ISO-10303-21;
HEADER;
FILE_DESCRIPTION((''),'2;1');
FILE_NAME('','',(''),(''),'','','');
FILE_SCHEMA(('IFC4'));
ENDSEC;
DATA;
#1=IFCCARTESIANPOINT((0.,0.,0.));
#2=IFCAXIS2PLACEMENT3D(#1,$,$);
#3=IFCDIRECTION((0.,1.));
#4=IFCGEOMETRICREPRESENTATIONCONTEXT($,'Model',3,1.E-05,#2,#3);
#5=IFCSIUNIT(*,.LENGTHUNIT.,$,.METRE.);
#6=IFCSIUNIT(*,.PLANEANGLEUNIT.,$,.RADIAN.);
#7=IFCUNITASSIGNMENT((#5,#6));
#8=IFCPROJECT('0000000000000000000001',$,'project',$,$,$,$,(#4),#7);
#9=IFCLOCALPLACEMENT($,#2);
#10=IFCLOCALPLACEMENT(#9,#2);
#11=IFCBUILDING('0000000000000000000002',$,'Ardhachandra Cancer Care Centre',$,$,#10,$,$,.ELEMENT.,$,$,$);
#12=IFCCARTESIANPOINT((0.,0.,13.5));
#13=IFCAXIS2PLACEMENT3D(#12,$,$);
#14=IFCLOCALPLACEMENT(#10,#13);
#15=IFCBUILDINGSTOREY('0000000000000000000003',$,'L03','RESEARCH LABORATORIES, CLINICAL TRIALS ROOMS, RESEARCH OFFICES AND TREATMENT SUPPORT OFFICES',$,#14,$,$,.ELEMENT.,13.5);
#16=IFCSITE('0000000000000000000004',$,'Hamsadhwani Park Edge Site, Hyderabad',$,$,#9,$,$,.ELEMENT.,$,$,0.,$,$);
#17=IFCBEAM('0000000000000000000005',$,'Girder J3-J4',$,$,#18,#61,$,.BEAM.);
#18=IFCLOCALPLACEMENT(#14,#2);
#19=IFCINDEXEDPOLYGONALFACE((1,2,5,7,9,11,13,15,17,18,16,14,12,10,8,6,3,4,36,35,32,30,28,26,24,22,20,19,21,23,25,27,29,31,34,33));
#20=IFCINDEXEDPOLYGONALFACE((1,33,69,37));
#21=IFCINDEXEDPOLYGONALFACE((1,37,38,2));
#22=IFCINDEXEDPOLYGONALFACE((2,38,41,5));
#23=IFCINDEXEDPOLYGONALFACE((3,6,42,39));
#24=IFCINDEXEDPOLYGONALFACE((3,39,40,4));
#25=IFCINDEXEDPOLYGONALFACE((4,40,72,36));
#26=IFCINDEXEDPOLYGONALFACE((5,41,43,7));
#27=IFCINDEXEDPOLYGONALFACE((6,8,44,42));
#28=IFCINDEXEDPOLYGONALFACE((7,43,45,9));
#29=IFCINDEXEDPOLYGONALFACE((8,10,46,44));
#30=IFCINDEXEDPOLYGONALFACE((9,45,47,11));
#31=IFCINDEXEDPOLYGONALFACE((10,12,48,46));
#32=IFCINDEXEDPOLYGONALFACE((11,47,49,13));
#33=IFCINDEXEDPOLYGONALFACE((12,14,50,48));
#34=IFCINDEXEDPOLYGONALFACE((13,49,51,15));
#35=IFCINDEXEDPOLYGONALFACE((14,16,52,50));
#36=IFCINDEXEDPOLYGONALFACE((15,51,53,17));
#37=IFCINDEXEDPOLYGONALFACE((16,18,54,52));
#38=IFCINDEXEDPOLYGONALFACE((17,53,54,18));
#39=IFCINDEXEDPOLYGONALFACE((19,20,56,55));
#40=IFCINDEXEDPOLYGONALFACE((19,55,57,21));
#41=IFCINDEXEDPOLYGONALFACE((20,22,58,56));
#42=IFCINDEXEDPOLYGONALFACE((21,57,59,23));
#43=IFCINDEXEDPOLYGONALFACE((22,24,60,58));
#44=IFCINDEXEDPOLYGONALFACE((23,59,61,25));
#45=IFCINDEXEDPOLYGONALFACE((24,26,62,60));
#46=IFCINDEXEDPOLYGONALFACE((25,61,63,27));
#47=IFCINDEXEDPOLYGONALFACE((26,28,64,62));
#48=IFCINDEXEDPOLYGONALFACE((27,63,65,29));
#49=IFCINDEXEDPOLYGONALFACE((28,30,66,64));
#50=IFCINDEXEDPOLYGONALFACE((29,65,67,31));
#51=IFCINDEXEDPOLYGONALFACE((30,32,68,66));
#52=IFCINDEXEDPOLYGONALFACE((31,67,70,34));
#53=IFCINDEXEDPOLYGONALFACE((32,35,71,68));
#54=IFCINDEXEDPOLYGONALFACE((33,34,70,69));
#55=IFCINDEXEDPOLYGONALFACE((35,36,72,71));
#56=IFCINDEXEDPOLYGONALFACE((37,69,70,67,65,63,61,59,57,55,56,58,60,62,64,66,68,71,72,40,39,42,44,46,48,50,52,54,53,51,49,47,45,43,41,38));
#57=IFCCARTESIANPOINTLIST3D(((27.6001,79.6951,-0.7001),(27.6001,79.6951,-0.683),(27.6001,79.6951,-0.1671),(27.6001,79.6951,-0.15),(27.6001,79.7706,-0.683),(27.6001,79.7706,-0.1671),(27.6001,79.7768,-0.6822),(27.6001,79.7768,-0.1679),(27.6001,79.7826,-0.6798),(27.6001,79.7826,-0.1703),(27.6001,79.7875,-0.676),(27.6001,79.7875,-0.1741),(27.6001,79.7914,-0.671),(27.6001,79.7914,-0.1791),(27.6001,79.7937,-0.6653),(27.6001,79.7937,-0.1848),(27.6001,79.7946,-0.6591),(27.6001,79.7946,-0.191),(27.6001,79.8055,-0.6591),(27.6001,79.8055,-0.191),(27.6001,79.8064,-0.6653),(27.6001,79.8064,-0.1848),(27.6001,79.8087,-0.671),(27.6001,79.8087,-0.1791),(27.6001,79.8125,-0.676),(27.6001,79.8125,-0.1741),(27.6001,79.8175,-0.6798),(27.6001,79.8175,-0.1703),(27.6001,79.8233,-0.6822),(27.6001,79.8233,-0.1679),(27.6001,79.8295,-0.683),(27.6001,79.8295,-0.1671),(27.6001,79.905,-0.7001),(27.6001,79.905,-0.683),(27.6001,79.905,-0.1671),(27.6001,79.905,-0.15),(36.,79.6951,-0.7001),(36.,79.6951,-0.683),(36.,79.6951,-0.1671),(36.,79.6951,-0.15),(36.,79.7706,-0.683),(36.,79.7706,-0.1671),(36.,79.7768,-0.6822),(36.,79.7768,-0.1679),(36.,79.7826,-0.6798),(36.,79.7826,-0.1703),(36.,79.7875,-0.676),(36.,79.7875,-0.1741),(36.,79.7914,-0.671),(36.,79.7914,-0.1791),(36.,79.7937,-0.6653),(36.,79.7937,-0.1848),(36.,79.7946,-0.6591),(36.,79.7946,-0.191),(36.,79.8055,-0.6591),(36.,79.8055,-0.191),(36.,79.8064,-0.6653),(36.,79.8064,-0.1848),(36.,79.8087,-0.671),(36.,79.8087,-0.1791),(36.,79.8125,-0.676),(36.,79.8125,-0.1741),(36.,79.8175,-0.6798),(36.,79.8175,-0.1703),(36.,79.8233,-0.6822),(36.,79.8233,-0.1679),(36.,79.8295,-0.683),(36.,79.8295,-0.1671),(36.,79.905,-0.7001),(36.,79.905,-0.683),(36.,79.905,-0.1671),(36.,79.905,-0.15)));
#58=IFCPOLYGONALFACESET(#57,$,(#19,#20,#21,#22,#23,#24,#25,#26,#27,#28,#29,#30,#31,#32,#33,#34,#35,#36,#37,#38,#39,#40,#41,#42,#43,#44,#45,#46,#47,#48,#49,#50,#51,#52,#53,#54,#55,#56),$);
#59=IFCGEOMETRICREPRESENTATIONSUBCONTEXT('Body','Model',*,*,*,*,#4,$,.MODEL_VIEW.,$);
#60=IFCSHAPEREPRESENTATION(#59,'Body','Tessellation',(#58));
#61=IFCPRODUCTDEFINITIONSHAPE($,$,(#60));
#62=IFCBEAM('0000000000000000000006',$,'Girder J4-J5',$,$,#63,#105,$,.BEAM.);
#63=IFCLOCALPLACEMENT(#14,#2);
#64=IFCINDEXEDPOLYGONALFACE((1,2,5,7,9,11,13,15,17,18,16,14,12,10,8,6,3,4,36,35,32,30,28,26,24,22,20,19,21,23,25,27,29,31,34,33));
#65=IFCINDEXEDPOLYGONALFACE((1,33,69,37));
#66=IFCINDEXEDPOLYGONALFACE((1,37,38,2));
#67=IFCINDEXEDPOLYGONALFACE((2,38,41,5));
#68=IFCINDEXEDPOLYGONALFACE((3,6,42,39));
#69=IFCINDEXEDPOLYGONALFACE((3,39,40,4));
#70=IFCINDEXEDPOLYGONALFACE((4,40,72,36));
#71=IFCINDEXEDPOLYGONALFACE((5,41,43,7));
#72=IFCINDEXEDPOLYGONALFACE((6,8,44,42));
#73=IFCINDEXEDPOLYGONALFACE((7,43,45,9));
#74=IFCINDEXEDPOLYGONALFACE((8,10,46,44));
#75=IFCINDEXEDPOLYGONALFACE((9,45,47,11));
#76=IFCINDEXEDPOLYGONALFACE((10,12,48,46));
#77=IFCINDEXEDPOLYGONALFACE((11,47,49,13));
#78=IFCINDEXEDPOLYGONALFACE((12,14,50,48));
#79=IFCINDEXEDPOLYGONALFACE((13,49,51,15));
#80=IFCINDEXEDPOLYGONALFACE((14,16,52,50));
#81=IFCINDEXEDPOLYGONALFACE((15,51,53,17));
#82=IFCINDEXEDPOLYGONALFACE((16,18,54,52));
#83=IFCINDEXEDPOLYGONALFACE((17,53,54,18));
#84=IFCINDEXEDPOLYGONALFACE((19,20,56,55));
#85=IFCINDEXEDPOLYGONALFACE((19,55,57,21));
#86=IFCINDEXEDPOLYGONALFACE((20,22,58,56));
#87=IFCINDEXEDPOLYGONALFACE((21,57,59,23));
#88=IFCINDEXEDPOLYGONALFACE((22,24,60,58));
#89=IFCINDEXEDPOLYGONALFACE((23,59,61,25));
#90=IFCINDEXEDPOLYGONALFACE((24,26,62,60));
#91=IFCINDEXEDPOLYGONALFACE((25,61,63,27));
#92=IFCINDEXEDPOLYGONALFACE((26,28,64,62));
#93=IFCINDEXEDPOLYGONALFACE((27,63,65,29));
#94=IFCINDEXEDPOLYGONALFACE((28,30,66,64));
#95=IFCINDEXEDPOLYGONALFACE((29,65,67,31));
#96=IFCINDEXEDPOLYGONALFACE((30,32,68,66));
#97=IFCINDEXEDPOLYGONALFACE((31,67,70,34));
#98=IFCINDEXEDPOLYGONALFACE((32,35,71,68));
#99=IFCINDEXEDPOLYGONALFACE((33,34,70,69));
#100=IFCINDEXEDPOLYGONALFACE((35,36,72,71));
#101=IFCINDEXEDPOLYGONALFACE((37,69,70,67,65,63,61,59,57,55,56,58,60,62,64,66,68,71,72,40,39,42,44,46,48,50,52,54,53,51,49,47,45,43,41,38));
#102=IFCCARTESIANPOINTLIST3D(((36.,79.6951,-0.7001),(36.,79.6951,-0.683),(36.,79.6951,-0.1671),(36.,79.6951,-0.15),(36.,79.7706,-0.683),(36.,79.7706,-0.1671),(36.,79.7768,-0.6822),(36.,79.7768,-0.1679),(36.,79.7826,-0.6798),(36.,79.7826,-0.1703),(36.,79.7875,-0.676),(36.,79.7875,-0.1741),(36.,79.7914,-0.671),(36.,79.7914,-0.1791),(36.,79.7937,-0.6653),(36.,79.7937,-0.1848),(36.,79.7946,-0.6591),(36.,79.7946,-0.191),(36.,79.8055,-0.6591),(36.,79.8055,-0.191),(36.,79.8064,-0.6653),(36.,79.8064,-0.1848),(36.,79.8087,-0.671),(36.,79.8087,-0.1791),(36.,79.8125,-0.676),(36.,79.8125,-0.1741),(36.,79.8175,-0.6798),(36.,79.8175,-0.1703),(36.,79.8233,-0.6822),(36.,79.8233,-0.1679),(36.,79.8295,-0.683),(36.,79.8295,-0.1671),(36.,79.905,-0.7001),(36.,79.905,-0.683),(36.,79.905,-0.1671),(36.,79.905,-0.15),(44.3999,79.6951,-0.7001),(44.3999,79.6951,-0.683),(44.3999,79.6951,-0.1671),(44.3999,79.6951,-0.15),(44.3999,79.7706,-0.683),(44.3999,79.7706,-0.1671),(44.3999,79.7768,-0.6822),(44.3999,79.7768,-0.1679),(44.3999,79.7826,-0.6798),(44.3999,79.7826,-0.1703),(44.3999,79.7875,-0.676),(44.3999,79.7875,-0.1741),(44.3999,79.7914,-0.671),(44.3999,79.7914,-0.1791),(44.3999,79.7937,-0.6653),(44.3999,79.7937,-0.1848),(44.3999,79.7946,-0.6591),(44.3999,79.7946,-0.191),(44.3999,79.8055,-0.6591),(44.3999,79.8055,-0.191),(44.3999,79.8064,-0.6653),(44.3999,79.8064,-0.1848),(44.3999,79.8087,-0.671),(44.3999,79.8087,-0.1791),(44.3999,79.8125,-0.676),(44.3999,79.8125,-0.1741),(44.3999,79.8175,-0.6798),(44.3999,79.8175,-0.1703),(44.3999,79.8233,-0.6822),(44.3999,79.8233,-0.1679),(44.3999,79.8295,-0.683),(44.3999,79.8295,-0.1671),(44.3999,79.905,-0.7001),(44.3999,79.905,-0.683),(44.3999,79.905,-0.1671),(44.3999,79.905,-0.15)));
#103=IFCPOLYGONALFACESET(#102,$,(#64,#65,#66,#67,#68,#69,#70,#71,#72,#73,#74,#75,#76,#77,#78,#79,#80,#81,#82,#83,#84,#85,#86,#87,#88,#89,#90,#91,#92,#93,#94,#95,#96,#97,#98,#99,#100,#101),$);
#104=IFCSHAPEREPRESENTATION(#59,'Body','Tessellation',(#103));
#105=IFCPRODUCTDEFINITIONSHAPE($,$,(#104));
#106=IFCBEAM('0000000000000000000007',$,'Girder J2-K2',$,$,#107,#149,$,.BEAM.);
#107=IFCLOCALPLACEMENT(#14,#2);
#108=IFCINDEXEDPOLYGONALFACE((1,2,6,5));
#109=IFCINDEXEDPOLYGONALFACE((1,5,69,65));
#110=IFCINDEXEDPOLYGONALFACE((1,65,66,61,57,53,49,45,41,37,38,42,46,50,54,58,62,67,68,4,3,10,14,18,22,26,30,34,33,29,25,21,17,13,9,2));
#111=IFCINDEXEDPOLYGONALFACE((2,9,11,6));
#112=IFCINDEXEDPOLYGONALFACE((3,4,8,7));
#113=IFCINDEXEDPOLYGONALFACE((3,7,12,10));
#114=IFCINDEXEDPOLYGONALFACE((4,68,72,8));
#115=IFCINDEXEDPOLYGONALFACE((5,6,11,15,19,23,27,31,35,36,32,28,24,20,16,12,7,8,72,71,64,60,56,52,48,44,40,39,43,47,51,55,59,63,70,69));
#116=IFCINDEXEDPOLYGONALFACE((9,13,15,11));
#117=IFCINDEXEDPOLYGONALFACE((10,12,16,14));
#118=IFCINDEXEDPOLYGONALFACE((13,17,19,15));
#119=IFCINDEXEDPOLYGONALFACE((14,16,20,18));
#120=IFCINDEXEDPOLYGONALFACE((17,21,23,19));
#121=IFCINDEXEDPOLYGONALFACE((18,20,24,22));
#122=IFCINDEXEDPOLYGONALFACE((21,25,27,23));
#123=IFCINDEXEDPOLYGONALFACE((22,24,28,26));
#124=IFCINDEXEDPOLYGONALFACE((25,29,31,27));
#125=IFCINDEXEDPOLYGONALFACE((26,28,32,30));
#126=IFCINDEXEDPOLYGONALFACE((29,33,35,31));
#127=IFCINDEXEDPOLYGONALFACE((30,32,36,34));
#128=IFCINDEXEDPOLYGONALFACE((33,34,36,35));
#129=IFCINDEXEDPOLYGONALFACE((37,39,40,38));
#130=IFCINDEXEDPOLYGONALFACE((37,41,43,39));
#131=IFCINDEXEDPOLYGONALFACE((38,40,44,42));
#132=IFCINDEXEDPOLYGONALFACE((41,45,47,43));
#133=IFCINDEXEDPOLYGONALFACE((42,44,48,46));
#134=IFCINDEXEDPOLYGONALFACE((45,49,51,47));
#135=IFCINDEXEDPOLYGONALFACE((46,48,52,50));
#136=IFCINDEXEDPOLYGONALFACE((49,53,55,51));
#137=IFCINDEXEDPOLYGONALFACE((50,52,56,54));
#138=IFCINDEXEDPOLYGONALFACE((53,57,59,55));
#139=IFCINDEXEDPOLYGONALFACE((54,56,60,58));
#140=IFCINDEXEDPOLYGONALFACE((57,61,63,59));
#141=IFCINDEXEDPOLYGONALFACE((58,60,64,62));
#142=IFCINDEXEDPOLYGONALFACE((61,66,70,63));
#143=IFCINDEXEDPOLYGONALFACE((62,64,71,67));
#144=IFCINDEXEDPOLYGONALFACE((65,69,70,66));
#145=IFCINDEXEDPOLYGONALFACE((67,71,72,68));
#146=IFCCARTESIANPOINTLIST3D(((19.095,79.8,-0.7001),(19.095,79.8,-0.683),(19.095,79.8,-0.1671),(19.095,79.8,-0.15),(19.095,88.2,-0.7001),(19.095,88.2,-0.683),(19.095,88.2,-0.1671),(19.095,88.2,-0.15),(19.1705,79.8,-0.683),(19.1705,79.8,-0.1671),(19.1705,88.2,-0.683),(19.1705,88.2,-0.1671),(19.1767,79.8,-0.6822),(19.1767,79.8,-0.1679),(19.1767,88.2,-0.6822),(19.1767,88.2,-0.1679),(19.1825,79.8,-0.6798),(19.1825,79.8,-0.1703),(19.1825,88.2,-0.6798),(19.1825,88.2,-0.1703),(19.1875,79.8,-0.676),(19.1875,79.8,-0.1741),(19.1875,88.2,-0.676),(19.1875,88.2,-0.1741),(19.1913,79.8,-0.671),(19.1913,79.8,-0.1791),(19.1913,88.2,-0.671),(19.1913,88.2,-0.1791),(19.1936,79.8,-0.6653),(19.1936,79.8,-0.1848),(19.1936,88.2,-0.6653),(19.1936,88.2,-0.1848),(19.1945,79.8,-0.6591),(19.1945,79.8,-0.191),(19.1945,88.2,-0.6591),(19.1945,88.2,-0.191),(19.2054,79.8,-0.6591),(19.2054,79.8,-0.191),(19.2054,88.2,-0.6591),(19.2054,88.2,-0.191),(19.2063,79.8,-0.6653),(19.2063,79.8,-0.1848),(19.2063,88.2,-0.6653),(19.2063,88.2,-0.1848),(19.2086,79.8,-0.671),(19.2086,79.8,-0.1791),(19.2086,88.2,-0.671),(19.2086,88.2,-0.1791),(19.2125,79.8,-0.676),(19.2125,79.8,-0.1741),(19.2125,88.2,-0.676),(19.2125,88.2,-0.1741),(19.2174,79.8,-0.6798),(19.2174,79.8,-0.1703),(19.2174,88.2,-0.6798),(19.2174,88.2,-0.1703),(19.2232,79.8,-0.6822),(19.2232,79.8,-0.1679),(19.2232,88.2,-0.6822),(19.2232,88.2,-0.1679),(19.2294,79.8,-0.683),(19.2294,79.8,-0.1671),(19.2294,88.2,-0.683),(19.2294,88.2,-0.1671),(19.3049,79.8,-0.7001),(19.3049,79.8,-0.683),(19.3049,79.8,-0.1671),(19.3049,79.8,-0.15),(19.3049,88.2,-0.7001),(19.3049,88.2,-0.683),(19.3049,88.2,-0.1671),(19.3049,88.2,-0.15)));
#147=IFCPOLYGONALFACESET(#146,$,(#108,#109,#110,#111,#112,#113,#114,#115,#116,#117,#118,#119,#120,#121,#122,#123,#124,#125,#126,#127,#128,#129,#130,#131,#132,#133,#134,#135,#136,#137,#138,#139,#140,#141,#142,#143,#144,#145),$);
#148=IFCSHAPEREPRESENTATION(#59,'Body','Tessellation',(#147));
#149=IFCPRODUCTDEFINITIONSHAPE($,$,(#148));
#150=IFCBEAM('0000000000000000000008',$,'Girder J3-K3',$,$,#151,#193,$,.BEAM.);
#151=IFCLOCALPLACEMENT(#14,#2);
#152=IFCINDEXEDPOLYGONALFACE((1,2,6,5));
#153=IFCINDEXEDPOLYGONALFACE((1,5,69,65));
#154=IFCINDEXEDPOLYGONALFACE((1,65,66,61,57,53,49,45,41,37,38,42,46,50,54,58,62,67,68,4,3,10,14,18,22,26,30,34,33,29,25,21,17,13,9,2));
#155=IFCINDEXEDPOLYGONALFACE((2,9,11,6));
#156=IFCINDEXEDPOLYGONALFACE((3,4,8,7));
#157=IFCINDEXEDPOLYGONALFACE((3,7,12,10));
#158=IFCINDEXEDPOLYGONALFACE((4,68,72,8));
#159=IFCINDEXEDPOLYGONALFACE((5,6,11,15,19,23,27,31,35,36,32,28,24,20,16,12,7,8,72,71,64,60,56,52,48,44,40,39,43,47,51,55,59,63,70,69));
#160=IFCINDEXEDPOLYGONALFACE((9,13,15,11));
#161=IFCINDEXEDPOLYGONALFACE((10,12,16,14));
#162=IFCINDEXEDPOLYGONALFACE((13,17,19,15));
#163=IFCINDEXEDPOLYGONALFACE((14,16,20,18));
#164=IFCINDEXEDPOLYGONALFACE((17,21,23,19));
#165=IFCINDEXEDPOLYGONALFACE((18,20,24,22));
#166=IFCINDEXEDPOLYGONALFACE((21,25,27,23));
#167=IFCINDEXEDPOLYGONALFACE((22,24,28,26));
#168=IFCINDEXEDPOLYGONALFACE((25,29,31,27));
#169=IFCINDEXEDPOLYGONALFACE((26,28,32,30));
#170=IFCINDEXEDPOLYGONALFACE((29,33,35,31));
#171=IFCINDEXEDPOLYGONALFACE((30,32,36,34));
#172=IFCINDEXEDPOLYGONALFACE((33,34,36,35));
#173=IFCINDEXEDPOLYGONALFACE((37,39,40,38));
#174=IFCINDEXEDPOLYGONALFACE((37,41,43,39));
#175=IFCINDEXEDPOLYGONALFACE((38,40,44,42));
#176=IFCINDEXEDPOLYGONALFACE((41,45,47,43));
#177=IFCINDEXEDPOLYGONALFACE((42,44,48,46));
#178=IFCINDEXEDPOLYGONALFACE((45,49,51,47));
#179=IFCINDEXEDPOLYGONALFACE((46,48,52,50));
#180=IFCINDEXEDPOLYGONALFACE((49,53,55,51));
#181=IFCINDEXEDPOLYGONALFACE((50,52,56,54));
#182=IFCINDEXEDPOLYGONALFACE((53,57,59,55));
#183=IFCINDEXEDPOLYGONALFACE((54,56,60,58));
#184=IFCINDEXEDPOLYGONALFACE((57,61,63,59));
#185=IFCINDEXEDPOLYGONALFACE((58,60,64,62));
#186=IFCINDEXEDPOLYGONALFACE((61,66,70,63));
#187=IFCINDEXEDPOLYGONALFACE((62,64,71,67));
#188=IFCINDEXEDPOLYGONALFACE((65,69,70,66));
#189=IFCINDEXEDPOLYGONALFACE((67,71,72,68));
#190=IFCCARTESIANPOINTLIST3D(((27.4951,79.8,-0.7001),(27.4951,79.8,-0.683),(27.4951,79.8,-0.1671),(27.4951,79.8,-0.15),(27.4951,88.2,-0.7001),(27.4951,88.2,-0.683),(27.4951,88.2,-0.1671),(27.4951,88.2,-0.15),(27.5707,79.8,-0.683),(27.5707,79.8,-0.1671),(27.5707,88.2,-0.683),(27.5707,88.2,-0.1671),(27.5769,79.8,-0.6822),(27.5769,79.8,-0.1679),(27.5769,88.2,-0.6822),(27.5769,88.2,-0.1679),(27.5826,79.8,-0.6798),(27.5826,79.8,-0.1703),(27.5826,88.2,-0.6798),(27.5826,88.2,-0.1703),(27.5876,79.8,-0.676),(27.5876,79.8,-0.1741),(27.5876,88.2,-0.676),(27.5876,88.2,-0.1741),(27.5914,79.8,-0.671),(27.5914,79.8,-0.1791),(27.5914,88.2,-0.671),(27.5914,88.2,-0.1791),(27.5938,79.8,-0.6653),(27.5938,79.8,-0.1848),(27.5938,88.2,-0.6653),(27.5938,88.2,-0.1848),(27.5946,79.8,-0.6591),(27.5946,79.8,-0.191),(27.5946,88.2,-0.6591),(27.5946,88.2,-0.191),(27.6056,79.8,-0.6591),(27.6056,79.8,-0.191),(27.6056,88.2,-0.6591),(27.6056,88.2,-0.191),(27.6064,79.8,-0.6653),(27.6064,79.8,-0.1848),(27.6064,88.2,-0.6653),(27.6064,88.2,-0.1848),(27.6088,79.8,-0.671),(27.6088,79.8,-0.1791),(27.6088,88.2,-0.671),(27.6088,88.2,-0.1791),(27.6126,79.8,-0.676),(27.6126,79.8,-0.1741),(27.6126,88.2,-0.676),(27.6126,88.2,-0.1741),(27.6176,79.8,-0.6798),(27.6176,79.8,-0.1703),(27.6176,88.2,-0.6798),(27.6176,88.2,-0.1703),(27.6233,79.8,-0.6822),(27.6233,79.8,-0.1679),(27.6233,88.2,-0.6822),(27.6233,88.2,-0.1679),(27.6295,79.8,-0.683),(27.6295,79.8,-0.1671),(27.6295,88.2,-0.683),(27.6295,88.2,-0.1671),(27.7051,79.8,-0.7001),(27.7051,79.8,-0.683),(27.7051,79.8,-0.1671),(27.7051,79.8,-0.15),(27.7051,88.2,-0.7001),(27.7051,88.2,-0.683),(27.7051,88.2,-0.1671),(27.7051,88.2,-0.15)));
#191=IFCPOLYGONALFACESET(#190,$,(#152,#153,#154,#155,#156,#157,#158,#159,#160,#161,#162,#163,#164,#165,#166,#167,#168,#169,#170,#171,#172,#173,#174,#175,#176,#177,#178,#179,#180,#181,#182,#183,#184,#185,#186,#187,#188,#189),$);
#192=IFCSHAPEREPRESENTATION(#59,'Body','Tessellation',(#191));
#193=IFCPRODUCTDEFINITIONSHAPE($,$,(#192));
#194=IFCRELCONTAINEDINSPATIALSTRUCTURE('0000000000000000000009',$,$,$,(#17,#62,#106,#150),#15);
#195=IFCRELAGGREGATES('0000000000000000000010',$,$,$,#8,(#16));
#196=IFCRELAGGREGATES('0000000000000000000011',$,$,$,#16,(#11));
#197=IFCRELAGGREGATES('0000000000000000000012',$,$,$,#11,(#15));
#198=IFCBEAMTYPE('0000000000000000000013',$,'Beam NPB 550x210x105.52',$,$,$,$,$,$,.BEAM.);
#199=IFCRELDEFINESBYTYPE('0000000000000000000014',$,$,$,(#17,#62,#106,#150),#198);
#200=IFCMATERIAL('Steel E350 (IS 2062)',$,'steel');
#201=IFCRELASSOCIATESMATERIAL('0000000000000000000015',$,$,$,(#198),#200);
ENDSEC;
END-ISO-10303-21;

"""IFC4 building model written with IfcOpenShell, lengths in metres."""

from ifc_helpers import new_model, si_unit, direction, frame, origin, origin_2d, place, context, subcontext, project, spatial, i_section, extrude, material, material_profile, profile_set, type_object, element, save


model = new_model("IFC4")

# Units and contexts
model_context = context("Model", 3, precision=1e-05, world=origin(), true_north=direction((0.0, 1.0)))
body_context = subcontext(model_context, "Body", "Model", "MODEL_VIEW")
ifc_project = project(units=[si_unit("LENGTHUNIT", "METRE"), si_unit("PLANEANGLEUNIT", "RADIAN")], contexts=[model_context])

# Site, building, storey
site_placement = place(None, origin())
site = spatial("IfcSite", under=ifc_project, at=site_placement, Name="Hamsadhwani Park Edge Site, Hyderabad", CompositionType="ELEMENT", RefElevation=0.0)
building_placement = place(site_placement, origin())
building = spatial("IfcBuilding", under=site, at=building_placement, Name="Ardhachandra Cancer Care Centre", CompositionType="ELEMENT")
storey_placement = place(building_placement, frame((0.0, 0.0, 13.5)))
storey = spatial("IfcBuildingStorey", under=building, at=storey_placement, Name="L03", Description="RESEARCH LABORATORIES, CLINICAL TRIALS ROOMS, RESEARCH OFFICES AND TREATMENT SUPPORT OFFICES", CompositionType="ELEMENT", Elevation=13.5)

# Beams
ifc_material_1 = material(Name="Steel E350 (IS 2062)", Category="steel")
ifc_material_profile_1 = material_profile(ifc_material_1, i_section(OverallWidth=0.21, OverallDepth=0.55, WebThickness=0.011, FlangeThickness=0.0171, FilletRadius=0.0239, at=origin_2d()), Name="NPB 550x210x105.52")
ifc_profile_set_1 = profile_set([ifc_material_profile_1], Name="Steel E350 (IS 2062)")
beam_type_1 = type_object("IfcBeamType", Name="Beam NPB 550x210x105.52", PredefinedType="BEAM", material=ifc_profile_set_1)
for number, where, z_axis, x_axis, name in (
    (1, (27.6001, 79.8, -0.425), (1.0, 0.0, 0.0), (0.0, 1.0, 0.0), "Girder J3-J4"),
    (2, (36.0, 79.8, -0.425), (1.0, 0.0, 0.0), (0.0, 1.0, 0.0), "Girder J4-J5"),
    (3, (19.2, 79.8, -0.425), (0.0, 1.0, 0.0), (-1.0, 0.0, 0.0), "Girder J2-K2"),
    (4, (27.6001, 79.8, -0.425), (0.0, 1.0, 0.0), (-1.0, 0.0, 0.0), "Girder J3-K3"),
):
    element("IfcBeam", number, at=place(storey_placement, frame(where, z_axis=z_axis, x_axis=x_axis)), inside=storey, type_object=beam_type_1, Name=name, PredefinedType="BEAM", context=body_context, shape_type="SweptSolid", body=[
        extrude(i_section(OverallWidth=0.21, OverallDepth=0.55, WebThickness=0.011, FlangeThickness=0.0171, FilletRadius=0.0239, at=origin_2d()), origin(), (0.0, 0.0, 1.0), 8.3999),
    ])

save(model, "model.ifc")
